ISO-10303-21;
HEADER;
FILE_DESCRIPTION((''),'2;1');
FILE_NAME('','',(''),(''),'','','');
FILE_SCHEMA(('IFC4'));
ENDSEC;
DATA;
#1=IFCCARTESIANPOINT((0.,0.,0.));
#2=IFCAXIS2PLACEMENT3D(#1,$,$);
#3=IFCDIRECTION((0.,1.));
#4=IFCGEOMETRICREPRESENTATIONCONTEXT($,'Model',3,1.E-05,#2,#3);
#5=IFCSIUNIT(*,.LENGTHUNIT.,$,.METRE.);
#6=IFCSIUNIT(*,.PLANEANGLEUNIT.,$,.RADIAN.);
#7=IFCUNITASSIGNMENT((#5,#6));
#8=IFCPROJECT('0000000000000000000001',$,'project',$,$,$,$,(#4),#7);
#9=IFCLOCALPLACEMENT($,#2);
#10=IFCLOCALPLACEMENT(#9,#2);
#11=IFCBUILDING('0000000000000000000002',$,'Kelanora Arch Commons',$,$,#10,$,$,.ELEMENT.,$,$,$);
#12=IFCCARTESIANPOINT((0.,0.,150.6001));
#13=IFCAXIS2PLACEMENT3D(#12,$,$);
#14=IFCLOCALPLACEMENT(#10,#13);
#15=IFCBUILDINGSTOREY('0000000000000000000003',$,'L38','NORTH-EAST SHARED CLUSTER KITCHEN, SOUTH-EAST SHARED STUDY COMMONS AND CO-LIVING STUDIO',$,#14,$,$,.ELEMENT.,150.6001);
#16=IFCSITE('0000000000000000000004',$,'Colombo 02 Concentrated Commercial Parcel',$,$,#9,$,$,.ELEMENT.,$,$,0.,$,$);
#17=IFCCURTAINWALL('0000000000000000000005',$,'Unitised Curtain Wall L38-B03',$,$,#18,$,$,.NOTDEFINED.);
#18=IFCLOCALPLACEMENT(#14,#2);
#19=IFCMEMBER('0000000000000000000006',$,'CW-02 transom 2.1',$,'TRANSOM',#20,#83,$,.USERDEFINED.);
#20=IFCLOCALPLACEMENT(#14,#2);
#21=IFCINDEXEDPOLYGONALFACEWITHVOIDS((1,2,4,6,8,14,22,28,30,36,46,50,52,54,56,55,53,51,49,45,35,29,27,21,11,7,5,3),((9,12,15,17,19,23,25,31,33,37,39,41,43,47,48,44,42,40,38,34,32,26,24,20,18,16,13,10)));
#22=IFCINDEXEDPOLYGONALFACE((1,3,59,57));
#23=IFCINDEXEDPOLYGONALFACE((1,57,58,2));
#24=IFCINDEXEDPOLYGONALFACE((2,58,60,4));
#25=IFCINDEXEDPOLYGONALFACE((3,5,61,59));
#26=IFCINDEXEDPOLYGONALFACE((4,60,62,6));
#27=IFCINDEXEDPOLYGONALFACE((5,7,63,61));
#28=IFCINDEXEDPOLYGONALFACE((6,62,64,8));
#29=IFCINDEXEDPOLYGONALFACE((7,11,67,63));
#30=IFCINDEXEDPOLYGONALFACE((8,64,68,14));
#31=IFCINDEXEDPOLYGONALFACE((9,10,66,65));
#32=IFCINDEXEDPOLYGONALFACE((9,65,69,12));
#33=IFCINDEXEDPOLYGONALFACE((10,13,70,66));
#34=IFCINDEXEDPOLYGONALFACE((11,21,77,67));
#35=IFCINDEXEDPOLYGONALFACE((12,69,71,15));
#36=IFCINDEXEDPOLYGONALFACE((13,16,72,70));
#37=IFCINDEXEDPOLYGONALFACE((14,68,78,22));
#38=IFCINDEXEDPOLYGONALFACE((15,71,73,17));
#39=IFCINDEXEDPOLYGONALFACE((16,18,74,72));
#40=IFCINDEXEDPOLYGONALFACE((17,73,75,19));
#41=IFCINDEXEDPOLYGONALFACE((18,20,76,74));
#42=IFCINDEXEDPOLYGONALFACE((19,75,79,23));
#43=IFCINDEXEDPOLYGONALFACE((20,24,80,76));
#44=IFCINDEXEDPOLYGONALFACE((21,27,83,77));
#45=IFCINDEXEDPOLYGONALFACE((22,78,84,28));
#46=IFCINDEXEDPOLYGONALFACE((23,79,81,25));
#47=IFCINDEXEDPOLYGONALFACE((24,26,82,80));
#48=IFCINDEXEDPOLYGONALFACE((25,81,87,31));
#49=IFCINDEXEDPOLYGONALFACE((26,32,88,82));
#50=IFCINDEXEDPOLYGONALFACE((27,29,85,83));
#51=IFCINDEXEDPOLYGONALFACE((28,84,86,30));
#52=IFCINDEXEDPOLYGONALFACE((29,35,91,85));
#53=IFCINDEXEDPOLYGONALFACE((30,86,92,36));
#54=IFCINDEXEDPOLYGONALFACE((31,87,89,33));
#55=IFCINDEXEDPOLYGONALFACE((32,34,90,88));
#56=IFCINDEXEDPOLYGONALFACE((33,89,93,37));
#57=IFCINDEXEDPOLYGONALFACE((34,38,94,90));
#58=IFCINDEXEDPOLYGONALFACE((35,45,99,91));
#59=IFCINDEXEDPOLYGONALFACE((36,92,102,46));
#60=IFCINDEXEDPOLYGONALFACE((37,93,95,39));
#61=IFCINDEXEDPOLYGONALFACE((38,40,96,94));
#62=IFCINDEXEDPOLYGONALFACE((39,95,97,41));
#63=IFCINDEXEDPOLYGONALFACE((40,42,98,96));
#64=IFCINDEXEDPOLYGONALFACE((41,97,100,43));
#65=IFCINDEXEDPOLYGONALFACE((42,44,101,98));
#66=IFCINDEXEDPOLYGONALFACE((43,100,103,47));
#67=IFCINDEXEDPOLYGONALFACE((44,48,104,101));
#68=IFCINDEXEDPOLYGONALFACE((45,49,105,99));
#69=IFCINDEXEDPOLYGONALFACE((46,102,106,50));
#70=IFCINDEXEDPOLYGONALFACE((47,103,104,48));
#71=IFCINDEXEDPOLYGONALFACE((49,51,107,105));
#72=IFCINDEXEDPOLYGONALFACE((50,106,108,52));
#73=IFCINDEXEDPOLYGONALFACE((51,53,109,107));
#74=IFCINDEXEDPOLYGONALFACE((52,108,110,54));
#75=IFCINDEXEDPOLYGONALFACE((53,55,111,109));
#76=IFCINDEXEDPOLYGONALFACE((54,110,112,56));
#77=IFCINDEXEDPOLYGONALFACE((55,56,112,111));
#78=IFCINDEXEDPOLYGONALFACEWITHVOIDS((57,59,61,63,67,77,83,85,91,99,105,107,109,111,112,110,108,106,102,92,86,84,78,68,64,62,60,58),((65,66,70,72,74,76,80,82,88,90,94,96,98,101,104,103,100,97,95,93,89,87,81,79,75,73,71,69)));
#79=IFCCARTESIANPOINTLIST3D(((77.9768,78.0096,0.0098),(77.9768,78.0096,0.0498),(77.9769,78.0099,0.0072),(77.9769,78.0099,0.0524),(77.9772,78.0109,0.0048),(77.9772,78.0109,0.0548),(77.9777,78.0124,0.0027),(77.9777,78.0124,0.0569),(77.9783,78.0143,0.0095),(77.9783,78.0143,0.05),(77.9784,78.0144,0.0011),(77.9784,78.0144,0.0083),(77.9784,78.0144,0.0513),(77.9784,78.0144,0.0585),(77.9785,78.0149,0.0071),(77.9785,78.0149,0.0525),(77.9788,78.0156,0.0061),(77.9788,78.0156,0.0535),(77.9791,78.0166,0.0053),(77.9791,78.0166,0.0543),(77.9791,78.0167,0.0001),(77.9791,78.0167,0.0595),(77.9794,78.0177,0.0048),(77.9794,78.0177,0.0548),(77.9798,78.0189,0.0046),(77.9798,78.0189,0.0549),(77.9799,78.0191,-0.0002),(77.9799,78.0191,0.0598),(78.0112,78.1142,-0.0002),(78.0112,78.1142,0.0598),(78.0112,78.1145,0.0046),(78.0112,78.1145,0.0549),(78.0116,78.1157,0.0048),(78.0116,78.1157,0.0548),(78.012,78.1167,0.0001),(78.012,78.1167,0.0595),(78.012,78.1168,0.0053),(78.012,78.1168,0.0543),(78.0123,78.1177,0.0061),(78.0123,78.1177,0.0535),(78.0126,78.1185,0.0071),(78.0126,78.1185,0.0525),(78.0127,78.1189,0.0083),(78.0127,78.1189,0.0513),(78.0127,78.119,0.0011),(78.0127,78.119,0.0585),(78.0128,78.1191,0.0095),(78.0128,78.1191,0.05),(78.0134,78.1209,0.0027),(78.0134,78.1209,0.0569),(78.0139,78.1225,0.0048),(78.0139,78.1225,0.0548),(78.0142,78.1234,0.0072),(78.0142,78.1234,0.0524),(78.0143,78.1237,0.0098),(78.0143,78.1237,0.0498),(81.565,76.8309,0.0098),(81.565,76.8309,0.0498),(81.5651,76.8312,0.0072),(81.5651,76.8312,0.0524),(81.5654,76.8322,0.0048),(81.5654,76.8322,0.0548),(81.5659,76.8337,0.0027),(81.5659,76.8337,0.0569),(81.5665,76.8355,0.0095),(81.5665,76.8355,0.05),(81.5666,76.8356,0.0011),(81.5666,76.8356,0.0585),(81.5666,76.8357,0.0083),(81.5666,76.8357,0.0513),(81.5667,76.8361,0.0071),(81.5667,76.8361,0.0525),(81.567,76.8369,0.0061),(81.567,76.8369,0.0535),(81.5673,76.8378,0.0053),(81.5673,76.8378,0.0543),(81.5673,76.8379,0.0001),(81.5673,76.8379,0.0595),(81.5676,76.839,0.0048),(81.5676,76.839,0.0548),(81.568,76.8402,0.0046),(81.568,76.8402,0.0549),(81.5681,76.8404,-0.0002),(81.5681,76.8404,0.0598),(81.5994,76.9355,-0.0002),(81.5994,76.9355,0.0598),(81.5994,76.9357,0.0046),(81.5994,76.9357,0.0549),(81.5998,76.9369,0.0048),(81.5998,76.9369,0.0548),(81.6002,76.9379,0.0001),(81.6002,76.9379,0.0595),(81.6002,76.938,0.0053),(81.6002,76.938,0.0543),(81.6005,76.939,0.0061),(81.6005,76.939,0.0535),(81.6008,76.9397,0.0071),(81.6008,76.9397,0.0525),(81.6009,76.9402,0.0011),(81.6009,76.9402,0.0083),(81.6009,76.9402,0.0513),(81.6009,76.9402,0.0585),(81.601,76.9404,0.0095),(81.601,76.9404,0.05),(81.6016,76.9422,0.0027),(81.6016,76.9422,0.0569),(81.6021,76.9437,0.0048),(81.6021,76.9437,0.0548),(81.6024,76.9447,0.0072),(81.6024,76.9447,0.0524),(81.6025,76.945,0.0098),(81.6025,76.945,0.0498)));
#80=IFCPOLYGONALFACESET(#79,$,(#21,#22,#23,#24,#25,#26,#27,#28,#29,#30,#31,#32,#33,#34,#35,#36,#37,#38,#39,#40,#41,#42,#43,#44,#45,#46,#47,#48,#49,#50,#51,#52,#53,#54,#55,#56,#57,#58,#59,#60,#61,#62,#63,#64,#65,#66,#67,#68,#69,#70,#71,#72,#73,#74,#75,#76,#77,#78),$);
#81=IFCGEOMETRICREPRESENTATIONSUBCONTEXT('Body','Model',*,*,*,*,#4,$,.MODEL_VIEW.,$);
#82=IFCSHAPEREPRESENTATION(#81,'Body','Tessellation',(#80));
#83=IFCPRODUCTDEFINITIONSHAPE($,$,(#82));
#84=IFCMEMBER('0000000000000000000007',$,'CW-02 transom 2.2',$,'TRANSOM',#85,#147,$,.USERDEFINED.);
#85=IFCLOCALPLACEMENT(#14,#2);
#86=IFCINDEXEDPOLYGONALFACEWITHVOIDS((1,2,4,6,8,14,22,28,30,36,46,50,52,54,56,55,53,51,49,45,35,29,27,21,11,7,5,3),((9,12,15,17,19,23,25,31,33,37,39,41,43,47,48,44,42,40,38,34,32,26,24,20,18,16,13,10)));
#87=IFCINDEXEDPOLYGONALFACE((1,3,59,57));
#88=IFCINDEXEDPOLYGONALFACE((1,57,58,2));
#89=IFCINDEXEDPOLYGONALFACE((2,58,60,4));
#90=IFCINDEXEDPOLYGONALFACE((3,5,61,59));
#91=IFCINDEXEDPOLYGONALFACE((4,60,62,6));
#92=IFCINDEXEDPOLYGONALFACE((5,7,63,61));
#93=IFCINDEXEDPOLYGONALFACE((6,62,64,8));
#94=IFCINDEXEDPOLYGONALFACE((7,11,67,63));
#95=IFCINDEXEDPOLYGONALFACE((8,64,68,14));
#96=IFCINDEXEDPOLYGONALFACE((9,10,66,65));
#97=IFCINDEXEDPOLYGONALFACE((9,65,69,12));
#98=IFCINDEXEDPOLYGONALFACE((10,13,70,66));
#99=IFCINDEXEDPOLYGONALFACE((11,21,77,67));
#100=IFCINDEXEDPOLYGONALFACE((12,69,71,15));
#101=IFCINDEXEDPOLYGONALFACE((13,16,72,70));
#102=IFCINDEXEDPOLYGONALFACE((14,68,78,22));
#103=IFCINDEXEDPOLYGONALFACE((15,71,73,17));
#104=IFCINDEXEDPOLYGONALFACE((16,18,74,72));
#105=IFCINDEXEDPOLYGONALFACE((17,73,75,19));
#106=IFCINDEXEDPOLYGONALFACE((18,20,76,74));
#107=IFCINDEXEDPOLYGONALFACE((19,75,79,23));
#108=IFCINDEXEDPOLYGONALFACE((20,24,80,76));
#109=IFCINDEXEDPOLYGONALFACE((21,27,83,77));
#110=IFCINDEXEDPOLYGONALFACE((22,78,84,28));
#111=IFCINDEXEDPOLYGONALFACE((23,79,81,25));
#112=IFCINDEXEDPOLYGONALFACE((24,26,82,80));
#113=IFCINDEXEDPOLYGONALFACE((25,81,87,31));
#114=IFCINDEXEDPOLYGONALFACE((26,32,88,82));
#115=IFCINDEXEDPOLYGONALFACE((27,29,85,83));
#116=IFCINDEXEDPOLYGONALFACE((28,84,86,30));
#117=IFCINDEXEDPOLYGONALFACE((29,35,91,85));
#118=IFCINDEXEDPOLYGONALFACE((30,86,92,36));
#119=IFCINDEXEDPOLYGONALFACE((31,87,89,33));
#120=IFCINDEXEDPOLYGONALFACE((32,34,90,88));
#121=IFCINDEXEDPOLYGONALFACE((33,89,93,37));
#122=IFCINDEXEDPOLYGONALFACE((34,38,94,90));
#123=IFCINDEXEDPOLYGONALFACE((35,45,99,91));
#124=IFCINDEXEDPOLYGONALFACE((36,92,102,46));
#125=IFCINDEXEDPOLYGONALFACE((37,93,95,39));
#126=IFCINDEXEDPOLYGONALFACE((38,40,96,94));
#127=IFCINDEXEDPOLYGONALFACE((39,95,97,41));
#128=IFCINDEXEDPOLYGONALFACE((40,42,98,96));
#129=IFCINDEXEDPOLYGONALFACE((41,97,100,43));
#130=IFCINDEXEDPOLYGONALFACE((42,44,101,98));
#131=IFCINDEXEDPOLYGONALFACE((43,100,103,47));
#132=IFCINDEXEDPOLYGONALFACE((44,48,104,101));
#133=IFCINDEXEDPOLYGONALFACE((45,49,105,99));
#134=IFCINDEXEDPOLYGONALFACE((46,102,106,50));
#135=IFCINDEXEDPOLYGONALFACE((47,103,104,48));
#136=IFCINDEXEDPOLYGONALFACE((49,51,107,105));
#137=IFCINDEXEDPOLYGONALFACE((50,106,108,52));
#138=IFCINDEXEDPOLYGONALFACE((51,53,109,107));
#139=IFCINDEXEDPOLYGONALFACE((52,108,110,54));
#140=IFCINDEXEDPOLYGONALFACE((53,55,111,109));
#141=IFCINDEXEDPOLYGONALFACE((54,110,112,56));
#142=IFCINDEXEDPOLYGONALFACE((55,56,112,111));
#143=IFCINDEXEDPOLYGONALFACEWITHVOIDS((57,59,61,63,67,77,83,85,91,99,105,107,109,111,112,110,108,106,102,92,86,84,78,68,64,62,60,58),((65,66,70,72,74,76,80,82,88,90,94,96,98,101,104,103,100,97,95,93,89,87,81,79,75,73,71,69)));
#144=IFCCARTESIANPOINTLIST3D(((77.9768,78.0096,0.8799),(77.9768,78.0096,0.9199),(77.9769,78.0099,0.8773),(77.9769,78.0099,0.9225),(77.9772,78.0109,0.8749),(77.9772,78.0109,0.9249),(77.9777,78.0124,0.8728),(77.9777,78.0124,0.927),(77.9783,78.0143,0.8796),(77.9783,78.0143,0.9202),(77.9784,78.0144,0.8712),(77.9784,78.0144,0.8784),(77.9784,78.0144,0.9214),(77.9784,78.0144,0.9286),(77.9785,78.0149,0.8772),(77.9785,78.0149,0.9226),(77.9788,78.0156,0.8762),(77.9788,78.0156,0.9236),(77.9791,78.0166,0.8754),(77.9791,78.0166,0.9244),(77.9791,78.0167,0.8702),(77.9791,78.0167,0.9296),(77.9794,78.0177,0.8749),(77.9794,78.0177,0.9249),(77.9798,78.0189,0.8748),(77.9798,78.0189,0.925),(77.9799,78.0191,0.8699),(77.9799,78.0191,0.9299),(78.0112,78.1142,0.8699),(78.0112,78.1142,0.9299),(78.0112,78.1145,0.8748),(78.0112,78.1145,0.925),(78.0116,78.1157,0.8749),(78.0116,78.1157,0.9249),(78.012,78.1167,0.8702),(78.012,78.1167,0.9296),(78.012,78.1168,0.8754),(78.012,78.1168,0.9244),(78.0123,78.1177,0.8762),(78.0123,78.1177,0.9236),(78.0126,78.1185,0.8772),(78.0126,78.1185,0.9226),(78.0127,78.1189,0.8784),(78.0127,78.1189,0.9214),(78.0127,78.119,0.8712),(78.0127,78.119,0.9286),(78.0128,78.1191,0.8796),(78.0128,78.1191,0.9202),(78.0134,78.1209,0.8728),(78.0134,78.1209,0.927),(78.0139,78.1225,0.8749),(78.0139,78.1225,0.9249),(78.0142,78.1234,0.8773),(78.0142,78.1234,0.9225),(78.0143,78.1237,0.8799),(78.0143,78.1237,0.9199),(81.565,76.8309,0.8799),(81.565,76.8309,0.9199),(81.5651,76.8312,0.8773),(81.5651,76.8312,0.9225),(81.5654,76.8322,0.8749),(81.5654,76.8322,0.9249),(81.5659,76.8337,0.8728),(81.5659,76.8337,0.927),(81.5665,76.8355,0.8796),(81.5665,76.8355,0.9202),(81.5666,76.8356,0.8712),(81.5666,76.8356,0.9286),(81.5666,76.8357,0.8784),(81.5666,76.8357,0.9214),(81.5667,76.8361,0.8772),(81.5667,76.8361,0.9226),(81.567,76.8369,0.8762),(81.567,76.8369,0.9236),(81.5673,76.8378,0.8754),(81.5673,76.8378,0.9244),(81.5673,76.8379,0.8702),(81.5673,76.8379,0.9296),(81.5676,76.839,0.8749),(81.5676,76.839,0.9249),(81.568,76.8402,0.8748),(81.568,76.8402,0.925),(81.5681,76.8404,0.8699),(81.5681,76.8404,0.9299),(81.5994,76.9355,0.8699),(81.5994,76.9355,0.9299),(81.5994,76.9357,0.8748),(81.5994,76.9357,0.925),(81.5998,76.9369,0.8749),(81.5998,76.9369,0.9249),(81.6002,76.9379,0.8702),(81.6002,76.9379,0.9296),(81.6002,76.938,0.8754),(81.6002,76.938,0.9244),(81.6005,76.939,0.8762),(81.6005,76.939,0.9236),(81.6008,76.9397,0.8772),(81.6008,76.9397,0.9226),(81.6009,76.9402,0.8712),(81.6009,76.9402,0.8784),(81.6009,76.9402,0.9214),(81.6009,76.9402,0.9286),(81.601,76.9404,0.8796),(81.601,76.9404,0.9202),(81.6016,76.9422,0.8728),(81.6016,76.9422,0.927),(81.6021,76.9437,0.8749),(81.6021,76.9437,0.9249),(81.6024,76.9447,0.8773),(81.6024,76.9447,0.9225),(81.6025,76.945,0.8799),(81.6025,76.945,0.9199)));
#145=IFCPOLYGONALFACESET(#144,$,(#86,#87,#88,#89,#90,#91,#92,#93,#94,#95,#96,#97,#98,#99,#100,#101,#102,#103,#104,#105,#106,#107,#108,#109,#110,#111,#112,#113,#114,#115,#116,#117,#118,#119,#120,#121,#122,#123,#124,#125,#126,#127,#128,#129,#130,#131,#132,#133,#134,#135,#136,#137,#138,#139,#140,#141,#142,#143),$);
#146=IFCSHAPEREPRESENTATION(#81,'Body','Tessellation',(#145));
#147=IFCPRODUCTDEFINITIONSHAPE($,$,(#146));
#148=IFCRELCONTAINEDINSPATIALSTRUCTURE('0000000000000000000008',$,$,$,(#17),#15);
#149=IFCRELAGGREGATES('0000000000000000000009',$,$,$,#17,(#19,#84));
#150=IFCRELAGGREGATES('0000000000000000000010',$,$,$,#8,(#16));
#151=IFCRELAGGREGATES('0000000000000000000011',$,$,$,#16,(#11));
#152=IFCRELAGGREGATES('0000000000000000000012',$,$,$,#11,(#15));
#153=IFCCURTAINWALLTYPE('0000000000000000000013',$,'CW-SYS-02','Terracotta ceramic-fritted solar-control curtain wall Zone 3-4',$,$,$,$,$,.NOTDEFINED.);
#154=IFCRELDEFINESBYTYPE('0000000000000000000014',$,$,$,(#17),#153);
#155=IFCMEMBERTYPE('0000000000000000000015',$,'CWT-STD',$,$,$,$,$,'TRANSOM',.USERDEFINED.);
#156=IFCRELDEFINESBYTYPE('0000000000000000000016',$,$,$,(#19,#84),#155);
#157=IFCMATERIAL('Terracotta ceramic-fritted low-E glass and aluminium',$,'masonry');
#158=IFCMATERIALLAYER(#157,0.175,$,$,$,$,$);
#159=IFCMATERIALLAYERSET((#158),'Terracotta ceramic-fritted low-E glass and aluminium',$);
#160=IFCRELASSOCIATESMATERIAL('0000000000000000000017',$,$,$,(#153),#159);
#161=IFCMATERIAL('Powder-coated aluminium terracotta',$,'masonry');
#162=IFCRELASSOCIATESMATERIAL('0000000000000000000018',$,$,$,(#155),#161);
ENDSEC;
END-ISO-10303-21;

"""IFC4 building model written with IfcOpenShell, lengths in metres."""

from ifc_helpers import new_model, si_unit, direction, frame, origin, origin_2d, place, context, subcontext, project, spatial, hollow_rectangle, extrude, material, layer, layer_set, material_profile, profile_set, type_object, element, aggregate, save


model = new_model("IFC4")

# Units and contexts
model_context = context("Model", 3, precision=1e-05, world=origin(), true_north=direction((0.0, 1.0)))
body_context = subcontext(model_context, "Body", "Model", "MODEL_VIEW")
ifc_project = project(units=[si_unit("LENGTHUNIT", "METRE"), si_unit("PLANEANGLEUNIT", "RADIAN")], contexts=[model_context])

# Site, building, storey
site_placement = place(None, origin())
site = spatial("IfcSite", under=ifc_project, at=site_placement, Name="Colombo 02 Concentrated Commercial Parcel", CompositionType="ELEMENT", RefElevation=0.0)
building_placement = place(site_placement, origin())
building = spatial("IfcBuilding", under=site, at=building_placement, Name="Kelanora Arch Commons", CompositionType="ELEMENT")
storey_placement = place(building_placement, frame((0.0, 0.0, 150.6001)))
storey = spatial("IfcBuildingStorey", under=building, at=storey_placement, Name="L38", Description="NORTH-EAST SHARED CLUSTER KITCHEN, SOUTH-EAST SHARED STUDY COMMONS AND CO-LIVING STUDIO", CompositionType="ELEMENT", Elevation=150.6001)

# Curtain wall, members
ifc_material_1 = material(Name="Terracotta ceramic-fritted low-E glass and aluminium", Category="masonry")
ifc_layer_1 = layer(ifc_material_1, 0.175)
ifc_layer_set_1 = layer_set([ifc_layer_1], Name="Terracotta ceramic-fritted low-E glass and aluminium")
curtain_wall_type = type_object("IfcCurtainWallType", Name="CW-SYS-02", Description="Terracotta ceramic-fritted solar-control curtain wall Zone 3-4", PredefinedType="NOTDEFINED", material=ifc_layer_set_1)
curtain_wall_placement = place(storey_placement, origin())
curtain_wall = element("IfcCurtainWall", 1, at=curtain_wall_placement, inside=storey, type_object=curtain_wall_type, Name="Unitised Curtain Wall L38-B03", PredefinedType="NOTDEFINED")
ifc_material_2 = material(Name="Powder-coated aluminium terracotta", Category="masonry")
ifc_material_profile_1 = material_profile(ifc_material_2, hollow_rectangle(XDim=0.1201, YDim=0.0601, WallThickness=0.0049, InnerFilletRadius=0.0049, OuterFilletRadius=0.01, at=origin_2d()), Name="CWT120x60")
ifc_profile_set_1 = profile_set([ifc_material_profile_1], Name="Powder-coated aluminium terracotta")
member_type_1 = type_object("IfcMemberType", Name="CWT-STD", ElementType="TRANSOM", PredefinedType="USERDEFINED", material=ifc_profile_set_1)
member_1_placement = place(storey_placement, frame((81.5837, 76.8879, 0.0298), z_axis=(-0.950051, 0.312094, 0.0), x_axis=(-0.312094, -0.950051, 0.0)))
member_1 = element("IfcMember", 2, at=member_1_placement, type_object=member_type_1, Name="CW-02 transom 2.1", ObjectType="TRANSOM", PredefinedType="USERDEFINED", context=body_context, shape_type="SweptSolid", body=[
    extrude(hollow_rectangle(XDim=0.1201, YDim=0.0601, WallThickness=0.0049, InnerFilletRadius=0.0049, OuterFilletRadius=0.01, at=origin_2d()), origin(), (0.0, 0.0, 1.0), 3.7769),
])
member_2_placement = place(storey_placement, frame((81.5837, 76.8879, 0.8999), z_axis=(-0.950051, 0.312094, 0.0), x_axis=(-0.312094, -0.950051, 0.0)))
member_2 = element("IfcMember", 3, at=member_2_placement, type_object=member_type_1, Name="CW-02 transom 2.2", ObjectType="TRANSOM", PredefinedType="USERDEFINED", context=body_context, shape_type="SweptSolid", body=[
    extrude(hollow_rectangle(XDim=0.1201, YDim=0.0601, WallThickness=0.0049, InnerFilletRadius=0.0049, OuterFilletRadius=0.01, at=origin_2d()), origin(), (0.0, 0.0, 1.0), 3.7769),
])
aggregate(curtain_wall, [member_1, member_2])

save(model, "model.ifc")
